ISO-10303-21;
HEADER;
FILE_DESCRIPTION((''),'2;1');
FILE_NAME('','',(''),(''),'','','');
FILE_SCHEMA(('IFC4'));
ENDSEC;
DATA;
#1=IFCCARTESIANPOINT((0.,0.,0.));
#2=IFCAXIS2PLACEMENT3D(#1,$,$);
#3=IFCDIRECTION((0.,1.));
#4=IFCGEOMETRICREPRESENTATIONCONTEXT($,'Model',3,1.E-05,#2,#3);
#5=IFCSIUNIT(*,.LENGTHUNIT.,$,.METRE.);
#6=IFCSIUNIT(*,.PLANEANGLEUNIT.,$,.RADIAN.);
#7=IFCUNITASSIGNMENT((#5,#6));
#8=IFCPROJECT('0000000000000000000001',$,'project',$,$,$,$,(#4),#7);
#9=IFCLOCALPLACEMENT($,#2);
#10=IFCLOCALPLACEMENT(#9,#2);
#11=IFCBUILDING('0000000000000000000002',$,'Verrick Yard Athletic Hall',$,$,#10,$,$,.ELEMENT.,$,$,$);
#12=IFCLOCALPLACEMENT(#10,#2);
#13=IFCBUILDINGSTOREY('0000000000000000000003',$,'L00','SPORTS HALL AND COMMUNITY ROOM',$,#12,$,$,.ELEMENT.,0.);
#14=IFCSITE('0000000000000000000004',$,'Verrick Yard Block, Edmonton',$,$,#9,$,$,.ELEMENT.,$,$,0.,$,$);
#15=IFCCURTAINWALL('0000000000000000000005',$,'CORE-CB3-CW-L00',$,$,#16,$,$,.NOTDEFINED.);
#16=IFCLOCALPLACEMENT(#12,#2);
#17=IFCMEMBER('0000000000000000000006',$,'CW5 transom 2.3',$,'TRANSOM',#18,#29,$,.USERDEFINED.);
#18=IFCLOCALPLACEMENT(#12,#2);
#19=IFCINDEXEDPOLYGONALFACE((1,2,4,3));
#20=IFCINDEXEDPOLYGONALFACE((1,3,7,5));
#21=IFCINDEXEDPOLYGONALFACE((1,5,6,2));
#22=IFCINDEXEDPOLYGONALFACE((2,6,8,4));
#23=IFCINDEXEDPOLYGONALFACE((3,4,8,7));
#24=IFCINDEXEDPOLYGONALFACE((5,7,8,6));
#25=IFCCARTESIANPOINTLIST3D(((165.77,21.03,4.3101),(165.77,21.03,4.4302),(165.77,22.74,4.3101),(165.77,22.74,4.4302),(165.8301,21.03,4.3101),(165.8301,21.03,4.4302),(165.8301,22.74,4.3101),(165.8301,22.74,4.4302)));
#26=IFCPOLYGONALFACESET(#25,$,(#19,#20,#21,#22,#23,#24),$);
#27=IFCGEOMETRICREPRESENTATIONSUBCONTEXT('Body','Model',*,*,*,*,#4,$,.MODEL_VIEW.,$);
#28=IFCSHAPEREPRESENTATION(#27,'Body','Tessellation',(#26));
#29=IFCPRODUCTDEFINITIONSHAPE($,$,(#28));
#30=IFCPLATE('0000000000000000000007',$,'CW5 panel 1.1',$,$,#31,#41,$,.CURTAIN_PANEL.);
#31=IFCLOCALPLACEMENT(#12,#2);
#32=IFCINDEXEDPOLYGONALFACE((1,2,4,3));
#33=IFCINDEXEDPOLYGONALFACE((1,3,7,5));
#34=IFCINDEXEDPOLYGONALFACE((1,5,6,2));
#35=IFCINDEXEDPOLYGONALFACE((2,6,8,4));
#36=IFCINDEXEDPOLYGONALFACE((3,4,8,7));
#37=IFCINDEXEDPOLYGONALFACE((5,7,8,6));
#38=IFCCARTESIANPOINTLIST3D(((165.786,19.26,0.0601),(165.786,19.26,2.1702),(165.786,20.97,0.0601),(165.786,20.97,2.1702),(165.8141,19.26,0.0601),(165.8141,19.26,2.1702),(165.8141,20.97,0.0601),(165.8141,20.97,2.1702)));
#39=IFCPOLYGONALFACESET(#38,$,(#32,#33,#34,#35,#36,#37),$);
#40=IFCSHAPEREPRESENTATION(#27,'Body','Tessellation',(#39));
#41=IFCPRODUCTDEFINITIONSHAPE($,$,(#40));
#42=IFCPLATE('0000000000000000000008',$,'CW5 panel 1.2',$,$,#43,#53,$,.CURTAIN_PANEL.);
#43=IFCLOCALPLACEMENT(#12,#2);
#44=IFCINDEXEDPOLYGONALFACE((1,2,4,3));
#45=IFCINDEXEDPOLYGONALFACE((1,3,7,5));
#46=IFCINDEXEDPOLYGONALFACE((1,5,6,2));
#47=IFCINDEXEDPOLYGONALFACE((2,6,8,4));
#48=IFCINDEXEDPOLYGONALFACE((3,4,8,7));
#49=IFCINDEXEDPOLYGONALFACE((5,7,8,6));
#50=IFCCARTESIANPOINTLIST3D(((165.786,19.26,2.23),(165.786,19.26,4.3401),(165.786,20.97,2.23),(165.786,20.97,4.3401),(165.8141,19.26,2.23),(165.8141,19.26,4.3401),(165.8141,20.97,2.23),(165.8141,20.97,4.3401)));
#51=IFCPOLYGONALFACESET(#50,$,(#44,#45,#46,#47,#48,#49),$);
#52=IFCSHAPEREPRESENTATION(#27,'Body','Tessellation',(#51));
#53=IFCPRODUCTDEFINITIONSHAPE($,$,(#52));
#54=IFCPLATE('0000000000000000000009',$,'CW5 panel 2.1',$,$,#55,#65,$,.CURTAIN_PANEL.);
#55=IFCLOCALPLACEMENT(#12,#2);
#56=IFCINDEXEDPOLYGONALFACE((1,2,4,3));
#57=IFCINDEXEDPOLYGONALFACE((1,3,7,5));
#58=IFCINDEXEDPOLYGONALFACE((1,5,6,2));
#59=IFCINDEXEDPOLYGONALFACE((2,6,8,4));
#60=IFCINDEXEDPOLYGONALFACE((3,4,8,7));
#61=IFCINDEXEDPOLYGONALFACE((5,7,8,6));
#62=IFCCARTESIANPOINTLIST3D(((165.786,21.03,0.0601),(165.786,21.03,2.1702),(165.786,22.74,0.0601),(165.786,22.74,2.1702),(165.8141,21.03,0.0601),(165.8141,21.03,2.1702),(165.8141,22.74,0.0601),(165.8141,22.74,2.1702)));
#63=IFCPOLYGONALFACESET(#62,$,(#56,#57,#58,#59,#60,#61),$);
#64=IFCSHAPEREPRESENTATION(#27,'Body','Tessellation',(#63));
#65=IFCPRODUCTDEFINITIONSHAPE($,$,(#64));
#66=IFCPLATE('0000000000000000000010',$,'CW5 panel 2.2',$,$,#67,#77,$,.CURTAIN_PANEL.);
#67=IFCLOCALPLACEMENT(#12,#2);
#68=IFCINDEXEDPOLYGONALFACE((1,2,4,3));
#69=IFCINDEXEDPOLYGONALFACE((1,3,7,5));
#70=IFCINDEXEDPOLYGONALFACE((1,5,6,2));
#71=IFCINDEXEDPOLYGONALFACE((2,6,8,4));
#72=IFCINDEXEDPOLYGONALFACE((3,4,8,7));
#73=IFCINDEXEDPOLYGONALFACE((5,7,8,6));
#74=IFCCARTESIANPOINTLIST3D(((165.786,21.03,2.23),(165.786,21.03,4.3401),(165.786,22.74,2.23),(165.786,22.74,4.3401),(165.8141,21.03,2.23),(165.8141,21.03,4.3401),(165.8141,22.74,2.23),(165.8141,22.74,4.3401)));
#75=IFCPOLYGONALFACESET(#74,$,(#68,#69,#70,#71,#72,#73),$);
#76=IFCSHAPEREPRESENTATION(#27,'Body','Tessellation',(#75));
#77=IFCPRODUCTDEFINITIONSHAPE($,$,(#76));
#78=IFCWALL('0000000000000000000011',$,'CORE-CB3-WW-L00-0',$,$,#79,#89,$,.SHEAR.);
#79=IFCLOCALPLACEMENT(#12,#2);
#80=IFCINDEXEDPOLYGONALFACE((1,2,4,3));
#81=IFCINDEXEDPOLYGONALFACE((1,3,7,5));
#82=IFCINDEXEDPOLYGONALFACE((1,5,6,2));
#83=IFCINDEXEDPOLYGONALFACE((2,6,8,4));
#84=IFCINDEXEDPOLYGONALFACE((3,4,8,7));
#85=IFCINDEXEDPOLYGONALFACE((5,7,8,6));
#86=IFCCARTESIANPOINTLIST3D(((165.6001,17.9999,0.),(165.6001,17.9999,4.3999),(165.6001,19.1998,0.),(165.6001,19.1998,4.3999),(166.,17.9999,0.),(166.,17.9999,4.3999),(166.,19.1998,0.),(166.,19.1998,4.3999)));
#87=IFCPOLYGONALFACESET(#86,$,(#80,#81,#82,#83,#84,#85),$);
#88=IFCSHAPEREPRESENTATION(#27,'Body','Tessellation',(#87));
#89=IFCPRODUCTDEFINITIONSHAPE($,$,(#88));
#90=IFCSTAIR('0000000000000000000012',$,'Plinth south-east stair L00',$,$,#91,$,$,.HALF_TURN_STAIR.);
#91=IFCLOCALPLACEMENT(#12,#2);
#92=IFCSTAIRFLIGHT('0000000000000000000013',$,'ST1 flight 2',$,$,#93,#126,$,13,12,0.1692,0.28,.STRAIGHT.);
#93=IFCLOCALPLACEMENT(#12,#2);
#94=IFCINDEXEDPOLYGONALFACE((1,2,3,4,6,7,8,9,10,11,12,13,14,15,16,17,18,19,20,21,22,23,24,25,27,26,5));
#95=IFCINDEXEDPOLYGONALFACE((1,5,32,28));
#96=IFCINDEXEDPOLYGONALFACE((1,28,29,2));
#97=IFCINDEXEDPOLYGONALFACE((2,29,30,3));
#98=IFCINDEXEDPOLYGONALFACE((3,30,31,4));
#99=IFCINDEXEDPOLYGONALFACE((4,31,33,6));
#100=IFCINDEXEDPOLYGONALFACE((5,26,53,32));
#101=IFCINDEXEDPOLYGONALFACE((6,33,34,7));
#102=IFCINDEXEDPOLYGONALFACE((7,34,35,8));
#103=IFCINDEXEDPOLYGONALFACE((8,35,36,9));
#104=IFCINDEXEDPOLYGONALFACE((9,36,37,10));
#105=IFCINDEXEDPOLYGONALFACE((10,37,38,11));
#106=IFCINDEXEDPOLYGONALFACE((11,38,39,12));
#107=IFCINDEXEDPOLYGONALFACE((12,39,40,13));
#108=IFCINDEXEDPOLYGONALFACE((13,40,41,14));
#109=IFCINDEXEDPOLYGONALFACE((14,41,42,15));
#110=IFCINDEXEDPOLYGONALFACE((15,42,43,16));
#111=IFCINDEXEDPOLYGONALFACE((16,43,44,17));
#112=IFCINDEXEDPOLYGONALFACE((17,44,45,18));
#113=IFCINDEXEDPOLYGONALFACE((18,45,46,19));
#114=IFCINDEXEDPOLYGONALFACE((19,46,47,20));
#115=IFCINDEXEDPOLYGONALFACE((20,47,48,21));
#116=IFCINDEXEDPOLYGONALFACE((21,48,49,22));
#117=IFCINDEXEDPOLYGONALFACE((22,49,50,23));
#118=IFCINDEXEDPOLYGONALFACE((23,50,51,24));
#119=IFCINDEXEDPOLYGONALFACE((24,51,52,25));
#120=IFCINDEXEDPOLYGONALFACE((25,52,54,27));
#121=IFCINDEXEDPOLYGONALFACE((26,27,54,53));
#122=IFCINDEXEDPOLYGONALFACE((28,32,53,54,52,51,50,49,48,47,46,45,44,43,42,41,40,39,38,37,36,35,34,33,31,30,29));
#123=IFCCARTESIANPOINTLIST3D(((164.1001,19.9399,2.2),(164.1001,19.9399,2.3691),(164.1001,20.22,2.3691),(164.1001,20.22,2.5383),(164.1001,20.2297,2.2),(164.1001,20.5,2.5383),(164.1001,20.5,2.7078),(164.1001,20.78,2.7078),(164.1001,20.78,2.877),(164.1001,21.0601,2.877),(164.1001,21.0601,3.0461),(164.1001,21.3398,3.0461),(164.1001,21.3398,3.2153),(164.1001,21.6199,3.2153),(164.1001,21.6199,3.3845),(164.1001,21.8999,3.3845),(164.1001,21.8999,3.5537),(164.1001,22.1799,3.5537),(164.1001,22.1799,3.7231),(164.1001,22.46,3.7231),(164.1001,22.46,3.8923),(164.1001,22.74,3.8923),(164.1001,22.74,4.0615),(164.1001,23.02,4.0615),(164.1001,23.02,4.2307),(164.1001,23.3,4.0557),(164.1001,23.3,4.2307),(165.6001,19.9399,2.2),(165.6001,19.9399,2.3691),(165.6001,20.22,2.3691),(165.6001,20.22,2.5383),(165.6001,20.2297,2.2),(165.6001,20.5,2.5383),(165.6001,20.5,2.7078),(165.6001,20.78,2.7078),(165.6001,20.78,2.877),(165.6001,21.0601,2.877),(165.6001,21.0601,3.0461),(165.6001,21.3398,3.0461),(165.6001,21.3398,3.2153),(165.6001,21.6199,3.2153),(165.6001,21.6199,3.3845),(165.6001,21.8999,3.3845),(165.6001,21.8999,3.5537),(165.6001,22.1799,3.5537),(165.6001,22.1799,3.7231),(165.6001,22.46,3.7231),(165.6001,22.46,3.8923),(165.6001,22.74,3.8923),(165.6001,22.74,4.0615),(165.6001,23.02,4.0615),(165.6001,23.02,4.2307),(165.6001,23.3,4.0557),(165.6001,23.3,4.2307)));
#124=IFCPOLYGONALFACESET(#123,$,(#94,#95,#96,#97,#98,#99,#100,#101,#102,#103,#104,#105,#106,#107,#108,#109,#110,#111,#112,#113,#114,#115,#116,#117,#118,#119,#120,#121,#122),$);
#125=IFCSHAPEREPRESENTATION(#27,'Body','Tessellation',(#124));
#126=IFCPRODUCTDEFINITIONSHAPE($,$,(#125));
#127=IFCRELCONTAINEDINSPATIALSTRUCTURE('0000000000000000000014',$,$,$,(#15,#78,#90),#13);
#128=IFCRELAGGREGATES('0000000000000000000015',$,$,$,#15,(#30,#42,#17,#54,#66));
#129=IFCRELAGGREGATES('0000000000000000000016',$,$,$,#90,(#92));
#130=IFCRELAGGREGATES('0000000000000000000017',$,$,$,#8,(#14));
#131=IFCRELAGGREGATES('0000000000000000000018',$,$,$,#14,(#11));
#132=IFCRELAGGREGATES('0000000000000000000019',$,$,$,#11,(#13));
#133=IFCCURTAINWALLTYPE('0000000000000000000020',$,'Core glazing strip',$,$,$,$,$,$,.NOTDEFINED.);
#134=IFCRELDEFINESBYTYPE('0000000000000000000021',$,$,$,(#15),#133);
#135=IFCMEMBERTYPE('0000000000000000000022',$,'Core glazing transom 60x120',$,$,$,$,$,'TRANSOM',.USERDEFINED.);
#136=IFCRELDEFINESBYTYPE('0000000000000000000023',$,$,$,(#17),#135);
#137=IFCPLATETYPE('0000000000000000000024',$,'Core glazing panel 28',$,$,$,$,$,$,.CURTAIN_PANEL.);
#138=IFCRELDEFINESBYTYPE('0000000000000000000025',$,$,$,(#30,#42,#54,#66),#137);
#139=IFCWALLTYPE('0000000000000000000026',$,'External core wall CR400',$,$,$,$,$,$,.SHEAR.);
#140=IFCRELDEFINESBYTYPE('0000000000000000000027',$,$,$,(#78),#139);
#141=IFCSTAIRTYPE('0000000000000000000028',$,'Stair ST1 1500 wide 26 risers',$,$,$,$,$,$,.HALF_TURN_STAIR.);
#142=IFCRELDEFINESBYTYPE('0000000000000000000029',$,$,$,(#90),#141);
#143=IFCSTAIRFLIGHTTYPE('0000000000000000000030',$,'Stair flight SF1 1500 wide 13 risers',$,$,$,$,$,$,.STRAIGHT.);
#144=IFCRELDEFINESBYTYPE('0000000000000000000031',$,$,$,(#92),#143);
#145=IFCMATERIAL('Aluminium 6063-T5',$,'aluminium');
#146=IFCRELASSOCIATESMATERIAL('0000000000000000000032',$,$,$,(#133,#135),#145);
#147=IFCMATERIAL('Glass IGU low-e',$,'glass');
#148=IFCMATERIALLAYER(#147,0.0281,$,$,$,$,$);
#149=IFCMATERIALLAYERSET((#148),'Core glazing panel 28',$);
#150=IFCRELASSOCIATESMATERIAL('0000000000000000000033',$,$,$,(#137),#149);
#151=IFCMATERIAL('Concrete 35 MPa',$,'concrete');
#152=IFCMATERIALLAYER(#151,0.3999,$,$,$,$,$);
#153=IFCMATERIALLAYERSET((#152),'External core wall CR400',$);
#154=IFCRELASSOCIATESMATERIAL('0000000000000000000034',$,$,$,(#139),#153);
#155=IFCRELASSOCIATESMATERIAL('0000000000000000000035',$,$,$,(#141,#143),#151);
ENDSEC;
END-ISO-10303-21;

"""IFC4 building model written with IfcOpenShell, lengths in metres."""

from ifc_helpers import new_model, si_unit, direction, frame, frame_2d, origin, origin_2d, place, context, subcontext, project, spatial, polyline, rectangle, outline, extrude, material, layer, layer_set, material_profile, profile_set, type_object, element, aggregate, save


model = new_model("IFC4")

# Units and contexts
model_context = context("Model", 3, precision=1e-05, world=origin(), true_north=direction((0.0, 1.0)))
body_context = subcontext(model_context, "Body", "Model", "MODEL_VIEW")
ifc_project = project(units=[si_unit("LENGTHUNIT", "METRE"), si_unit("PLANEANGLEUNIT", "RADIAN")], contexts=[model_context])

# Site, building, storey
site_placement = place(None, origin())
site = spatial("IfcSite", under=ifc_project, at=site_placement, Name="Verrick Yard Block, Edmonton", CompositionType="ELEMENT", RefElevation=0.0)
building_placement = place(site_placement, origin())
building = spatial("IfcBuilding", under=site, at=building_placement, Name="Verrick Yard Athletic Hall", CompositionType="ELEMENT")
storey_placement = place(building_placement, origin())
storey = spatial("IfcBuildingStorey", under=building, at=storey_placement, Name="L00", Description="SPORTS HALL AND COMMUNITY ROOM", CompositionType="ELEMENT", Elevation=0.0)

# Shared definitions
ifc_material_1 = material(Name="Concrete 35 MPa", Category="concrete")

# Curtain wall, member, plates
ifc_material_2 = material(Name="Aluminium 6063-T5", Category="aluminium")
curtain_wall_type = type_object("IfcCurtainWallType", Name="Core glazing strip", PredefinedType="NOTDEFINED", material=ifc_material_2)
curtain_wall_placement = place(storey_placement, origin())
curtain_wall = element("IfcCurtainWall", 1, at=curtain_wall_placement, inside=storey, type_object=curtain_wall_type, Name="CORE-CB3-CW-L00", PredefinedType="NOTDEFINED")
ifc_material_profile_1 = material_profile(ifc_material_2, rectangle(XDim=0.0601, YDim=0.1201, at=origin_2d()), Name="Core glazing transom 60x120")
ifc_profile_set_1 = profile_set([ifc_material_profile_1], Name="Aluminium 6063-T5")
member_type_1 = type_object("IfcMemberType", Name="Core glazing transom 60x120", ElementType="TRANSOM", PredefinedType="USERDEFINED", material=ifc_profile_set_1)
member_1_placement = place(storey_placement, frame((165.8, 21.03, 4.3701), z_axis=(0.0, 1.0, 0.0), x_axis=(-1.0, 0.0, 0.0)))
member_1 = element("IfcMember", 2, at=member_1_placement, type_object=member_type_1, Name="CW5 transom 2.3", ObjectType="TRANSOM", PredefinedType="USERDEFINED", context=body_context, shape_type="SweptSolid", body=[
    extrude(rectangle(XDim=0.0601, YDim=0.1201, at=origin_2d()), origin(), (0.0, 0.0, 1.0), 1.71),
])
ifc_material_3 = material(Name="Glass IGU low-e", Category="glass")
ifc_layer_1 = layer(ifc_material_3, 0.0281)
ifc_layer_set_1 = layer_set([ifc_layer_1], Name="Core glazing panel 28")
plate_type = type_object("IfcPlateType", Name="Core glazing panel 28", PredefinedType="CURTAIN_PANEL", material=ifc_layer_set_1)
plate_1_placement = place(storey_placement, frame((165.8, 20.115, 0.0601), z_axis=(0.0, 0.0, 1.0), x_axis=(0.0, 1.0, 0.0)))
plate_1 = element("IfcPlate", 3, at=plate_1_placement, type_object=plate_type, Name="CW5 panel 1.1", PredefinedType="CURTAIN_PANEL", context=body_context, shape_type="SweptSolid", body=[
    extrude(rectangle(XDim=1.71, YDim=0.0281, at=origin_2d()), origin(), (0.0, 0.0, 1.0), 2.1101),
])
plate_2_placement = place(storey_placement, frame((165.8, 20.115, 2.23), z_axis=(0.0, 0.0, 1.0), x_axis=(0.0, 1.0, 0.0)))
plate_2 = element("IfcPlate", 4, at=plate_2_placement, type_object=plate_type, Name="CW5 panel 1.2", PredefinedType="CURTAIN_PANEL", context=body_context, shape_type="SweptSolid", body=[
    extrude(rectangle(XDim=1.71, YDim=0.0281, at=origin_2d()), origin(), (0.0, 0.0, 1.0), 2.1101),
])
plate_3_placement = place(storey_placement, frame((165.8, 21.885, 0.0601), z_axis=(0.0, 0.0, 1.0), x_axis=(0.0, 1.0, 0.0)))
plate_3 = element("IfcPlate", 5, at=plate_3_placement, type_object=plate_type, Name="CW5 panel 2.1", PredefinedType="CURTAIN_PANEL", context=body_context, shape_type="SweptSolid", body=[
    extrude(rectangle(XDim=1.71, YDim=0.0281, at=origin_2d()), origin(), (0.0, 0.0, 1.0), 2.1101),
])
plate_4_placement = place(storey_placement, frame((165.8, 21.885, 2.23), z_axis=(0.0, 0.0, 1.0), x_axis=(0.0, 1.0, 0.0)))
plate_4 = element("IfcPlate", 6, at=plate_4_placement, type_object=plate_type, Name="CW5 panel 2.2", PredefinedType="CURTAIN_PANEL", context=body_context, shape_type="SweptSolid", body=[
    extrude(rectangle(XDim=1.71, YDim=0.0281, at=origin_2d()), origin(), (0.0, 0.0, 1.0), 2.1101),
])
aggregate(curtain_wall, [plate_1, plate_2, member_1, plate_3, plate_4])

# Wall
ifc_layer_2 = layer(ifc_material_1, 0.3999)
ifc_layer_set_2 = layer_set([ifc_layer_2], Name="External core wall CR400")
wall_type = type_object("IfcWallType", Name="External core wall CR400", PredefinedType="SHEAR", material=ifc_layer_set_2)
wall_placement = place(storey_placement, frame((165.8, 19.2, 0.0), z_axis=(0.0, 0.0, 1.0), x_axis=(0.0, -1.0, 0.0)))
element("IfcWall", 7, at=wall_placement, inside=storey, type_object=wall_type, Name="CORE-CB3-WW-L00-0", PredefinedType="SHEAR", context=body_context, shape_type="SweptSolid", body=[
    extrude(rectangle(XDim=1.2, YDim=0.3999, at=frame_2d((0.6001, 0.0))), origin(), (0.0, 0.0, 1.0), 4.3999),
])

# Stair, stair flight
stair_type = type_object("IfcStairType", Name="Stair ST1 1500 wide 26 risers", PredefinedType="HALF_TURN_STAIR", material=ifc_material_1)
stair_placement = place(storey_placement, origin())
stair = element("IfcStair", 8, at=stair_placement, inside=storey, type_object=stair_type, Name="Plinth south-east stair L00", PredefinedType="HALF_TURN_STAIR")
stair_flight_type = type_object("IfcStairFlightType", Name="Stair flight SF1 1500 wide 13 risers", PredefinedType="STRAIGHT", material=ifc_material_1)
stair_flight_placement = place(storey_placement, frame((164.8501, 19.9399, 2.2), z_axis=(0.0, 0.0, 1.0), x_axis=(0.0, 1.0, 0.0)))
stair_flight = element("IfcStairFlight", 9, at=stair_flight_placement, type_object=stair_flight_type, Name="ST1 flight 2", NumberOfRisers=13, NumberOfTreads=12, PredefinedType="STRAIGHT", RiserHeight=0.1692, TreadLength=0.28, context=body_context, shape_type="SweptSolid", body=[
    extrude(outline(polyline([(0.0, 0.0), (0.0, 0.1692), (0.28, 0.1692), (0.28, 0.3384), (0.5601, 0.3384), (0.5601, 0.5078), (0.8401, 0.5078), (0.8401, 0.677), (1.1201, 0.677), (1.1201, 0.8462), (1.3999, 0.8462), (1.3999, 1.0154), (1.6799, 1.0154), (1.6799, 1.1846), (1.96, 1.1846), (1.96, 1.3538), (2.24, 1.3538), (2.24, 1.5232), (2.52, 1.5232), (2.52, 1.6924), (2.8, 1.6924), (2.8, 1.8616), (3.0801, 1.8616), (3.0801, 2.0308), (3.3601, 2.0308), (3.3601, 2.2), (3.3601, 1.8557), (0.2898, 0.0), (0.0, 0.0)])), frame((0.0, 0.75, 0.0), z_axis=(0.0, -1.0, 0.0), x_axis=(1.0, 0.0, 0.0)), (0.0, 0.0, 1.0), 1.5),
])
aggregate(stair, [stair_flight])

save(model, "model.ifc")
